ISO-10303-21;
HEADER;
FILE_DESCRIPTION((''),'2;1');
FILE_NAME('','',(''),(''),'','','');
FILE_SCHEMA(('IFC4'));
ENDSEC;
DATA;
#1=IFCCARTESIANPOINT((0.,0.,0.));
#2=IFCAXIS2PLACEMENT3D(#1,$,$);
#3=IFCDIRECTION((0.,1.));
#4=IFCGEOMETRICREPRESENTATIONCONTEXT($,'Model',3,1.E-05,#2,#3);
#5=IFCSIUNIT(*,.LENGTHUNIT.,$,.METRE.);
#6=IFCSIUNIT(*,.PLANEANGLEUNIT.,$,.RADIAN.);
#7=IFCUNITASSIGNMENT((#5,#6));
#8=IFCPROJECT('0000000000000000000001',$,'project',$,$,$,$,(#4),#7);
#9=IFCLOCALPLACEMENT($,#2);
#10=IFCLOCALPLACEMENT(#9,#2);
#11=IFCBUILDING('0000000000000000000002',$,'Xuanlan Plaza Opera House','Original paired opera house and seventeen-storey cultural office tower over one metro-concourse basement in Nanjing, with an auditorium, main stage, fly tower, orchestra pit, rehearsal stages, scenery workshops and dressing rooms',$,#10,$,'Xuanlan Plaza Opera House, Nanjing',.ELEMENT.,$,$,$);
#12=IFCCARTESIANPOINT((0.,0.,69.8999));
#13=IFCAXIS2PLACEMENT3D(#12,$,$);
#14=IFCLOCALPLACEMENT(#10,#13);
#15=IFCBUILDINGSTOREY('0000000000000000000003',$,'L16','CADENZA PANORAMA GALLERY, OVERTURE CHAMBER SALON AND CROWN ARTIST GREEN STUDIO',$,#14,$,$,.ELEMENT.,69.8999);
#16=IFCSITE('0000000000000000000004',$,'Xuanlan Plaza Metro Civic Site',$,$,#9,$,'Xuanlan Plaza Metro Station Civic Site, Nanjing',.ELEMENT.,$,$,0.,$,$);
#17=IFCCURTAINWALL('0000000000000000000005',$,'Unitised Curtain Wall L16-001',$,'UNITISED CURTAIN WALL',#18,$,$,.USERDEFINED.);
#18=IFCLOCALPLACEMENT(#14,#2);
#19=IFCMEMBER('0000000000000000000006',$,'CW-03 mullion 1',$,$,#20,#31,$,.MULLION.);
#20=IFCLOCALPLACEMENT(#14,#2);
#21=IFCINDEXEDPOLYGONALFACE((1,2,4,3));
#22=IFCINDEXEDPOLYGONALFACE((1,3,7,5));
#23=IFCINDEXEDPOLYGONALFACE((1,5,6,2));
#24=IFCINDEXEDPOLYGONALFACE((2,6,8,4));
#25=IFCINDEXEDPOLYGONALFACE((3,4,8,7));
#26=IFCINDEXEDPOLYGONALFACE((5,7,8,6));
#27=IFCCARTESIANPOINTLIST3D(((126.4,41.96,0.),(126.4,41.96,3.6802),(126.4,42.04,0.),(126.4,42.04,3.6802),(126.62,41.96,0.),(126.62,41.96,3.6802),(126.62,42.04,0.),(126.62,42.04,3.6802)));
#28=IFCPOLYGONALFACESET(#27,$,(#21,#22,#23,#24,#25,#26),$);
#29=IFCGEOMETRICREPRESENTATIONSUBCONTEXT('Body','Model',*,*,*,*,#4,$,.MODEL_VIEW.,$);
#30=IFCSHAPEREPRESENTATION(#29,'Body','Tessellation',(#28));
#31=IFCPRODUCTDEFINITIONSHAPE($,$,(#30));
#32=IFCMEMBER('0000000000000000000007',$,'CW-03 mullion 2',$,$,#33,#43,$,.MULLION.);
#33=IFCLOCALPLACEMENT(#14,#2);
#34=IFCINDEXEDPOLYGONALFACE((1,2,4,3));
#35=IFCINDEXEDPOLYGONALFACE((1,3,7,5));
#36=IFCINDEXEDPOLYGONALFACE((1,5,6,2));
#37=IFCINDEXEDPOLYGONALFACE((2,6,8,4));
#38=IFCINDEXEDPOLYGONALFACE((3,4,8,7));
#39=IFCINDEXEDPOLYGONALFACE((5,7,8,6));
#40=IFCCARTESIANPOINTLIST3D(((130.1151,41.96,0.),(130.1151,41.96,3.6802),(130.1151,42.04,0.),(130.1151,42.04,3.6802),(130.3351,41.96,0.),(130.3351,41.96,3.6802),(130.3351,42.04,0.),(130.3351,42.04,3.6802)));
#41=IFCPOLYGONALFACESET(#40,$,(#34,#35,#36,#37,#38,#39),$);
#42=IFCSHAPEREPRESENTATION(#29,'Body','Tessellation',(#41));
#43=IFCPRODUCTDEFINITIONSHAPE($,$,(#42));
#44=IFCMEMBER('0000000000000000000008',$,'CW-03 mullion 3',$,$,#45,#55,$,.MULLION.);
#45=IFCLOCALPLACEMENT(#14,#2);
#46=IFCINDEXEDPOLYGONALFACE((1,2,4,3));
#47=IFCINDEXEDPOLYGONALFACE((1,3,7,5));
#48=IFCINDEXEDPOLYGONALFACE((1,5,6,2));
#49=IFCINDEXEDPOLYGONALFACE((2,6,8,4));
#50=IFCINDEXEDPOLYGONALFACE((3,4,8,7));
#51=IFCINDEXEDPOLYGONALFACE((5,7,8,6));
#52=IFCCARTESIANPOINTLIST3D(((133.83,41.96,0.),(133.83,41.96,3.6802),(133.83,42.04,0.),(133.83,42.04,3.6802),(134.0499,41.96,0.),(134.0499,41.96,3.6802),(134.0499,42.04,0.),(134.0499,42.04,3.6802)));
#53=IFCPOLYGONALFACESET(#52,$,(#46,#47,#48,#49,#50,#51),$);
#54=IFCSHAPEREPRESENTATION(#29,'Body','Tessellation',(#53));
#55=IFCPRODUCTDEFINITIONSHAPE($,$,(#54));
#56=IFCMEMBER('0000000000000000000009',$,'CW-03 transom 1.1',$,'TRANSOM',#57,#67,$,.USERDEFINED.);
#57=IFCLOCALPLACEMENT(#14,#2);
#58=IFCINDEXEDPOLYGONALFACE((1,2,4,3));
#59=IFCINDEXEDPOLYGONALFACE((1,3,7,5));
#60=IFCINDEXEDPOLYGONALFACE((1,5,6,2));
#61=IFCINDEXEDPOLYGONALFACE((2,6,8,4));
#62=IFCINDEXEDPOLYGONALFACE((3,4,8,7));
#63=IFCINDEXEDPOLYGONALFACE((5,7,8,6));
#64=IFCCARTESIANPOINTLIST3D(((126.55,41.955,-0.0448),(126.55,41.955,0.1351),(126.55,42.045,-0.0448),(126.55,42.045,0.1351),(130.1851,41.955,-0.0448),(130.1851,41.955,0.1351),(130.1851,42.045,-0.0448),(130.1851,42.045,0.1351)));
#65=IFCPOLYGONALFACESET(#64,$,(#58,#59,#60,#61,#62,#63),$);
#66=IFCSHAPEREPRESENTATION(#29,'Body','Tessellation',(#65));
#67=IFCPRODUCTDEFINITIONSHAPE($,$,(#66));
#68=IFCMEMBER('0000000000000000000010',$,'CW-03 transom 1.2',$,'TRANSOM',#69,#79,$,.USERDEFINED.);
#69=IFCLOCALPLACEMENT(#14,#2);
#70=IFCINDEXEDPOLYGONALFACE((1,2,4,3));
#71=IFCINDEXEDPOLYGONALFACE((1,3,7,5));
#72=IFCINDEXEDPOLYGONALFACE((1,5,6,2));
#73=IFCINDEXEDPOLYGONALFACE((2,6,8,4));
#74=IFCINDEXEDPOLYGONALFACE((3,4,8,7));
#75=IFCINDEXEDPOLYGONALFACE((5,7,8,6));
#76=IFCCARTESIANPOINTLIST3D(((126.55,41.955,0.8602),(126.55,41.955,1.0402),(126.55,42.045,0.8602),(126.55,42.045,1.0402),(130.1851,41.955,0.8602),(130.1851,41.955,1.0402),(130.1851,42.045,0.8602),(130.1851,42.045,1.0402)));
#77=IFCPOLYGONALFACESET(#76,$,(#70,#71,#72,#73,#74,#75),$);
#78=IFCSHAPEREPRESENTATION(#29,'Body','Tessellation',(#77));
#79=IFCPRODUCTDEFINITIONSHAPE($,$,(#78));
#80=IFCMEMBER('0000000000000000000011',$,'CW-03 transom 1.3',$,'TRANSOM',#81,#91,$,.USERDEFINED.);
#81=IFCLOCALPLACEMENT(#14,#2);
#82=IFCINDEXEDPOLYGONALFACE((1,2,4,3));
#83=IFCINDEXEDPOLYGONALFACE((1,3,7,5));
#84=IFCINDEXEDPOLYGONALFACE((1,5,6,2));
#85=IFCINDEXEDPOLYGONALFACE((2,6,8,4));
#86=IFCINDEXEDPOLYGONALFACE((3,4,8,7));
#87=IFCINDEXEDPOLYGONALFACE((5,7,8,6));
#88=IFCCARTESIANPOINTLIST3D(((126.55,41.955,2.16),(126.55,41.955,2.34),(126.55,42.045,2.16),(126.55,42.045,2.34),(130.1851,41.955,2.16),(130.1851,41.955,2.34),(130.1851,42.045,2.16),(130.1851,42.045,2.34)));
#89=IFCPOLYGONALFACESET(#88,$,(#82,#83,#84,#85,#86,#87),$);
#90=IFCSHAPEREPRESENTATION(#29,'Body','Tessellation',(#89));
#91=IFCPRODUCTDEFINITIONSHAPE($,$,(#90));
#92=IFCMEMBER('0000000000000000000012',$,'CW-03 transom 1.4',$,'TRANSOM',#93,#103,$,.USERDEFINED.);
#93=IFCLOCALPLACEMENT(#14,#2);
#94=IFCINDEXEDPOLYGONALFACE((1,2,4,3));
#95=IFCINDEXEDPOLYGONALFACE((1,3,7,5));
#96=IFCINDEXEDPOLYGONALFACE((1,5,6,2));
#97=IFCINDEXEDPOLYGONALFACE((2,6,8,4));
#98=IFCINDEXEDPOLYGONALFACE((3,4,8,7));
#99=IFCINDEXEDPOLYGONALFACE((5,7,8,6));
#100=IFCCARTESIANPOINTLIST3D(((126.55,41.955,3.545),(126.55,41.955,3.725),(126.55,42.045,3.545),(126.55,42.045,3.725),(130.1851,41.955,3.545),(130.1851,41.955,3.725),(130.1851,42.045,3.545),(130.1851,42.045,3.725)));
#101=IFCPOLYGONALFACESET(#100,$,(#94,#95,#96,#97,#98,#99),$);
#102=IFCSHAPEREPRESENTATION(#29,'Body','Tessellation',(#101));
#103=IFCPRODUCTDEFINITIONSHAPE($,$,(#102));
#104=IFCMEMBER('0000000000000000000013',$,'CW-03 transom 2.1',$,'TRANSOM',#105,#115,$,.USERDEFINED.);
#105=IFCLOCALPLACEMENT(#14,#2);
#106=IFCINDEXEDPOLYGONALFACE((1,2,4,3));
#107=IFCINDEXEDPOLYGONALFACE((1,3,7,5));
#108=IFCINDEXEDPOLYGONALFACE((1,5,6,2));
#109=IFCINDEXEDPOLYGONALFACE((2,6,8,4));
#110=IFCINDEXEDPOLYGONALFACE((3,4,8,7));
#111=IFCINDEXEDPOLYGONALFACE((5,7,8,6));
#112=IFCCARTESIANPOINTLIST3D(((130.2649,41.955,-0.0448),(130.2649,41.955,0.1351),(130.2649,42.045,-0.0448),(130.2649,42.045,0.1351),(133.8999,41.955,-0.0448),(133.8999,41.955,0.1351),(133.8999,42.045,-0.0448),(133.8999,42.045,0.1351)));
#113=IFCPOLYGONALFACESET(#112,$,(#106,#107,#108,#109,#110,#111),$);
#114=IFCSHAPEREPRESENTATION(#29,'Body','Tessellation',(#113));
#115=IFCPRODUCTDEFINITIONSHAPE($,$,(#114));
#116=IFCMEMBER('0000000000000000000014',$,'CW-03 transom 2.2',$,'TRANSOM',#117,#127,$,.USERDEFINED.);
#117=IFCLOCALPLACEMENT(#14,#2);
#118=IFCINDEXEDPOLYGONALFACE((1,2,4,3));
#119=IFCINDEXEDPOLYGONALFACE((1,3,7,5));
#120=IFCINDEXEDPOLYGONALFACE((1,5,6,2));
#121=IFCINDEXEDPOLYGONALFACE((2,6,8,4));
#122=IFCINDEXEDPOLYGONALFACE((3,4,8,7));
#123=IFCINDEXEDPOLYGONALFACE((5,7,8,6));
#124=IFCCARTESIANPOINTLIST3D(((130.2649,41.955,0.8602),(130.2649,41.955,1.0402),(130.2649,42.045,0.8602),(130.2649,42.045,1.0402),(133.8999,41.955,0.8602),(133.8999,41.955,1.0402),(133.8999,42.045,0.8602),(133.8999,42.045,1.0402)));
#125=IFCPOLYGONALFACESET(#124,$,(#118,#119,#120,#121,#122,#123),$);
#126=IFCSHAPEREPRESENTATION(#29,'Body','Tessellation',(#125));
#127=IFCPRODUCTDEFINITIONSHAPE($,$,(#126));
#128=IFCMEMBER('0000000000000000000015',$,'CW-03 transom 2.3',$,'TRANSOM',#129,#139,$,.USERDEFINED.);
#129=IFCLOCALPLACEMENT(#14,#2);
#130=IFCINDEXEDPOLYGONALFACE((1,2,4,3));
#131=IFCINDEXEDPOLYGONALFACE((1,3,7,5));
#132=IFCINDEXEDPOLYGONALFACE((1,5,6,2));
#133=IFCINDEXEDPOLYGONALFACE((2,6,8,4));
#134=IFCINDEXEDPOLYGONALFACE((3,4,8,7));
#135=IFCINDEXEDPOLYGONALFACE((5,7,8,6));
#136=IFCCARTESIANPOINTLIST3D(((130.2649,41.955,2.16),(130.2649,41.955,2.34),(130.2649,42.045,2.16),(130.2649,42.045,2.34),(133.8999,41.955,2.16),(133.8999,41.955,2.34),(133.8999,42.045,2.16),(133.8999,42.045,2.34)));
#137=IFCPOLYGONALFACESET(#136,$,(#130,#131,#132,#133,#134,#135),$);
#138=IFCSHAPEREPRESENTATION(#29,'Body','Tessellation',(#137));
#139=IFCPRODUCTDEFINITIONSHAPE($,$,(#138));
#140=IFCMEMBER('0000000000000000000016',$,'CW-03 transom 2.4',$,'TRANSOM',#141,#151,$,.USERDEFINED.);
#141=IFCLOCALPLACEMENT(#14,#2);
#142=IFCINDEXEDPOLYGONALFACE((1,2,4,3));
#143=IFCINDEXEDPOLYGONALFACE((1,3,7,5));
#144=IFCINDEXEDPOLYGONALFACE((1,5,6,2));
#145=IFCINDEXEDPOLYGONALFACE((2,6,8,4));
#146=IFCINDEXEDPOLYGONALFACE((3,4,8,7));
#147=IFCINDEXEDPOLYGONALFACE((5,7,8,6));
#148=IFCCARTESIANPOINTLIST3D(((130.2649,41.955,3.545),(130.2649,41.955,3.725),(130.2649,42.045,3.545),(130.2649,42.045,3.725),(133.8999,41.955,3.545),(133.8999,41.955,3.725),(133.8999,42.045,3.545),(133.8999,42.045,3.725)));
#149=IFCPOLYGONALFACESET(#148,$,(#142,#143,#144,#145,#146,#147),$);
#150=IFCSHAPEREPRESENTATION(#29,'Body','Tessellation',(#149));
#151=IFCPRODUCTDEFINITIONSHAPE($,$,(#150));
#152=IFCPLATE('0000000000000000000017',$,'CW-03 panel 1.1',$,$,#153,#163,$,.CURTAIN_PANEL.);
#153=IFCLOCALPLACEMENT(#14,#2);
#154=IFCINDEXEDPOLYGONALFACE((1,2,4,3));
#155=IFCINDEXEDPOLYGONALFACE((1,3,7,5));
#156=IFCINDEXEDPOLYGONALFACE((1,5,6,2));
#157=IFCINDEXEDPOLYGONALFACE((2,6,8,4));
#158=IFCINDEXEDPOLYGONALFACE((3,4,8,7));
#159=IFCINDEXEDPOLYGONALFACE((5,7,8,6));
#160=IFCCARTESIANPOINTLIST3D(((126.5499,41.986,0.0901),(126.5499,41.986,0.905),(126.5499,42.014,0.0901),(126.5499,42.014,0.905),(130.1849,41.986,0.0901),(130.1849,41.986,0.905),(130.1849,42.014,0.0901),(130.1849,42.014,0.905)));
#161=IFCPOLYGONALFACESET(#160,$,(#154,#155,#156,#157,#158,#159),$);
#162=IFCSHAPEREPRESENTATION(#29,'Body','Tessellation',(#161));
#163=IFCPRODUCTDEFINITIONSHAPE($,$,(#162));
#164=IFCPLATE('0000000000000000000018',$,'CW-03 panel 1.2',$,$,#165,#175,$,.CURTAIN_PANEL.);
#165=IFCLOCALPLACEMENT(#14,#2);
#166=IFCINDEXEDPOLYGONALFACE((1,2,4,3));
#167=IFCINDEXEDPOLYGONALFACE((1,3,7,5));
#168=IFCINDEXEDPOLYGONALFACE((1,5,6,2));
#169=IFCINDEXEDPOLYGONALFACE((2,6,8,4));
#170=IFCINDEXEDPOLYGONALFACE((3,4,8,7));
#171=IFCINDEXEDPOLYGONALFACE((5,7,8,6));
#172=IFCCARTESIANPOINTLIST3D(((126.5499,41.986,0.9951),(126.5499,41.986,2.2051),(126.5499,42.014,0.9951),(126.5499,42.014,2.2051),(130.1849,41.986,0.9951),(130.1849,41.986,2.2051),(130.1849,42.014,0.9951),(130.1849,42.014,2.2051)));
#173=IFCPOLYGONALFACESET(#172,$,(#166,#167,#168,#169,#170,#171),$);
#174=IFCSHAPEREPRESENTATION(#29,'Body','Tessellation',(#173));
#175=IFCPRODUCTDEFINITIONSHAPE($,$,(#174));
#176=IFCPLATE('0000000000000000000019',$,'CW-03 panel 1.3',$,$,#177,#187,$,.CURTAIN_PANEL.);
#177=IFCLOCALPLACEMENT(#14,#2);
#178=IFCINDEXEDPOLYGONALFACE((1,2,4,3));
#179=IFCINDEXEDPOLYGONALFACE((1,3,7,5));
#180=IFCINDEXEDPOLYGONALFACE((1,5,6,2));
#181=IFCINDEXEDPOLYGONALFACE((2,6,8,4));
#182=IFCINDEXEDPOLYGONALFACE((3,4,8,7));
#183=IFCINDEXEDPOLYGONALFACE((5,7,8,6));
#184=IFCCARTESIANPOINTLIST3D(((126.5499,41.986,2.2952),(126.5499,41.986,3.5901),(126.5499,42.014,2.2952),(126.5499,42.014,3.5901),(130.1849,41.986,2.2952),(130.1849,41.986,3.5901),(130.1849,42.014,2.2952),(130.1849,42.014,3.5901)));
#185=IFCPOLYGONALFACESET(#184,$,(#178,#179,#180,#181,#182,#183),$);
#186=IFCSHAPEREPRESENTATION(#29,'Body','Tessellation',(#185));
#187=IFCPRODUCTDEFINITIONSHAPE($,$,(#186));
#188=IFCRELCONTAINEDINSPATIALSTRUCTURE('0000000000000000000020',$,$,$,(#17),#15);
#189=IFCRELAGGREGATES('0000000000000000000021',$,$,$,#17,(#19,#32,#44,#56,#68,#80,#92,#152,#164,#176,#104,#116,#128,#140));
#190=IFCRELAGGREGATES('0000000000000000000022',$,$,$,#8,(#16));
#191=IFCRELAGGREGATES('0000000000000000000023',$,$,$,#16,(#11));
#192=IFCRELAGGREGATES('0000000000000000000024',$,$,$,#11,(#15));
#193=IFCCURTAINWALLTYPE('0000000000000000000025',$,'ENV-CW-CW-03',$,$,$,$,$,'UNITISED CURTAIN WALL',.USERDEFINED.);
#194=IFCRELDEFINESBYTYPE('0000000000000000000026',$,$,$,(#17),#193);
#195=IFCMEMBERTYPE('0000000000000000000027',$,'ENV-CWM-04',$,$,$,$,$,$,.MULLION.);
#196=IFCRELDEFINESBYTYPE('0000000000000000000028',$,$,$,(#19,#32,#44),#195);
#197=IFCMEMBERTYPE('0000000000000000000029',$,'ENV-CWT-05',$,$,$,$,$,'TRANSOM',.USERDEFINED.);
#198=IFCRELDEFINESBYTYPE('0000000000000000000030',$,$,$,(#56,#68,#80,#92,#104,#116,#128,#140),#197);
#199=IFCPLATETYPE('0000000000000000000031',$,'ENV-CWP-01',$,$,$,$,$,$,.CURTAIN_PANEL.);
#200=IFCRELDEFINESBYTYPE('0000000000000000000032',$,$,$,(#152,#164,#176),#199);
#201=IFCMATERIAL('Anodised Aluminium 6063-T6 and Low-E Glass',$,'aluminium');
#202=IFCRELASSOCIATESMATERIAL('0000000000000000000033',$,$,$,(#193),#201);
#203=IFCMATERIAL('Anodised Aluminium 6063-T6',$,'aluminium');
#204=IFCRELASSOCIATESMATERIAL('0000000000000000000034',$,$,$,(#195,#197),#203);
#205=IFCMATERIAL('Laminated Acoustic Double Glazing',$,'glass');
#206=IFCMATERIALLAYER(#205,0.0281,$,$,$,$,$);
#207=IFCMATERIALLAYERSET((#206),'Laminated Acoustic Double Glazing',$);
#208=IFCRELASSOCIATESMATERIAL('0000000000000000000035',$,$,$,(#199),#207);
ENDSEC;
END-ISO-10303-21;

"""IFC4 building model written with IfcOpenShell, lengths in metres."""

from ifc_helpers import new_model, si_unit, direction, frame, origin, origin_2d, place, context, subcontext, project, spatial, rectangle, extrude, material, layer, layer_set, material_profile, profile_set, type_object, element, aggregate, save


model = new_model("IFC4")

# Units and contexts
model_context = context("Model", 3, precision=1e-05, world=origin(), true_north=direction((0.0, 1.0)))
body_context = subcontext(model_context, "Body", "Model", "MODEL_VIEW")
ifc_project = project(units=[si_unit("LENGTHUNIT", "METRE"), si_unit("PLANEANGLEUNIT", "RADIAN")], contexts=[model_context])

# Site, building, storey
site_placement = place(None, origin())
site = spatial("IfcSite", under=ifc_project, at=site_placement, Name="Xuanlan Plaza Metro Civic Site", LongName="Xuanlan Plaza Metro Station Civic Site, Nanjing", CompositionType="ELEMENT", RefElevation=0.0)
building_placement = place(site_placement, origin())
building = spatial("IfcBuilding", under=site, at=building_placement, Name="Xuanlan Plaza Opera House", Description="Original paired opera house and seventeen-storey cultural office tower over one metro-concourse basement in Nanjing, with an auditorium, main stage, fly tower, orchestra pit, rehearsal stages, scenery workshops and dressing rooms", LongName="Xuanlan Plaza Opera House, Nanjing", CompositionType="ELEMENT")
storey_placement = place(building_placement, frame((0.0, 0.0, 69.8999)))
storey = spatial("IfcBuildingStorey", under=building, at=storey_placement, Name="L16", Description="CADENZA PANORAMA GALLERY, OVERTURE CHAMBER SALON AND CROWN ARTIST GREEN STUDIO", CompositionType="ELEMENT", Elevation=69.8999)

# Curtain wall, members, plates
ifc_material_1 = material(Name="Anodised Aluminium 6063-T6 and Low-E Glass", Category="aluminium")
curtain_wall_type_1 = type_object("IfcCurtainWallType", Name="ENV-CW-CW-03", ElementType="UNITISED CURTAIN WALL", PredefinedType="USERDEFINED", material=ifc_material_1)
curtain_wall_1_placement = place(storey_placement, origin())
curtain_wall_1 = element("IfcCurtainWall", 1, at=curtain_wall_1_placement, inside=storey, type_object=curtain_wall_type_1, Name="Unitised Curtain Wall L16-001", ObjectType="UNITISED CURTAIN WALL", PredefinedType="USERDEFINED")
ifc_material_2 = material(Name="Anodised Aluminium 6063-T6", Category="aluminium")
ifc_material_profile_1 = material_profile(ifc_material_2, rectangle(XDim=0.0801, YDim=0.22, at=origin_2d()), Name="ALU-M 80x220")
ifc_profile_set_1 = profile_set([ifc_material_profile_1], Name="Anodised Aluminium 6063-T6")
member_type_1 = type_object("IfcMemberType", Name="ENV-CWM-04", PredefinedType="MULLION", material=ifc_profile_set_1)
member_1_placement = place(storey_placement, frame((126.51, 42.0, 0.0), z_axis=(0.0, 0.0, 1.0), x_axis=(0.0, 1.0, 0.0)))
member_1 = element("IfcMember", 2, at=member_1_placement, type_object=member_type_1, Name="CW-03 mullion 1", PredefinedType="MULLION", context=body_context, shape_type="SweptSolid", body=[
    extrude(rectangle(XDim=0.0801, YDim=0.22, at=origin_2d()), origin(), (0.0, 0.0, 1.0), 3.6802),
])
member_2_placement = place(storey_placement, frame((130.2251, 42.0, 0.0), z_axis=(0.0, 0.0, 1.0), x_axis=(0.0, 1.0, 0.0)))
member_2 = element("IfcMember", 3, at=member_2_placement, type_object=member_type_1, Name="CW-03 mullion 2", PredefinedType="MULLION", context=body_context, shape_type="SweptSolid", body=[
    extrude(rectangle(XDim=0.0801, YDim=0.22, at=origin_2d()), origin(), (0.0, 0.0, 1.0), 3.6802),
])
member_3_placement = place(storey_placement, frame((133.9399, 42.0, 0.0), z_axis=(0.0, 0.0, 1.0), x_axis=(0.0, 1.0, 0.0)))
member_3 = element("IfcMember", 4, at=member_3_placement, type_object=member_type_1, Name="CW-03 mullion 3", PredefinedType="MULLION", context=body_context, shape_type="SweptSolid", body=[
    extrude(rectangle(XDim=0.0801, YDim=0.22, at=origin_2d()), origin(), (0.0, 0.0, 1.0), 3.6802),
])
ifc_material_profile_2 = material_profile(ifc_material_2, rectangle(XDim=0.0901, YDim=0.1799, at=origin_2d()), Name="ALU-T 90x180")
ifc_profile_set_2 = profile_set([ifc_material_profile_2], Name="Anodised Aluminium 6063-T6")
member_type_2 = type_object("IfcMemberType", Name="ENV-CWT-05", ElementType="TRANSOM", PredefinedType="USERDEFINED", material=ifc_profile_set_2)
member_4_placement = place(storey_placement, frame((126.55, 42.0, 0.0452), z_axis=(1.0, 0.0, 0.0), x_axis=(0.0, 1.0, 0.0)))
member_4 = element("IfcMember", 5, at=member_4_placement, type_object=member_type_2, Name="CW-03 transom 1.1", ObjectType="TRANSOM", PredefinedType="USERDEFINED", context=body_context, shape_type="SweptSolid", body=[
    extrude(rectangle(XDim=0.0901, YDim=0.1799, at=origin_2d()), origin(), (0.0, 0.0, 1.0), 3.635),
])
member_5_placement = place(storey_placement, frame((126.55, 42.0, 0.9502), z_axis=(1.0, 0.0, 0.0), x_axis=(0.0, 1.0, 0.0)))
member_5 = element("IfcMember", 6, at=member_5_placement, type_object=member_type_2, Name="CW-03 transom 1.2", ObjectType="TRANSOM", PredefinedType="USERDEFINED", context=body_context, shape_type="SweptSolid", body=[
    extrude(rectangle(XDim=0.0901, YDim=0.1799, at=origin_2d()), origin(), (0.0, 0.0, 1.0), 3.635),
])
member_6_placement = place(storey_placement, frame((126.55, 42.0, 2.25), z_axis=(1.0, 0.0, 0.0), x_axis=(0.0, 1.0, 0.0)))
member_6 = element("IfcMember", 7, at=member_6_placement, type_object=member_type_2, Name="CW-03 transom 1.3", ObjectType="TRANSOM", PredefinedType="USERDEFINED", context=body_context, shape_type="SweptSolid", body=[
    extrude(rectangle(XDim=0.0901, YDim=0.1799, at=origin_2d()), origin(), (0.0, 0.0, 1.0), 3.635),
])
member_7_placement = place(storey_placement, frame((126.55, 42.0, 3.635), z_axis=(1.0, 0.0, 0.0), x_axis=(0.0, 1.0, 0.0)))
member_7 = element("IfcMember", 8, at=member_7_placement, type_object=member_type_2, Name="CW-03 transom 1.4", ObjectType="TRANSOM", PredefinedType="USERDEFINED", context=body_context, shape_type="SweptSolid", body=[
    extrude(rectangle(XDim=0.0901, YDim=0.1799, at=origin_2d()), origin(), (0.0, 0.0, 1.0), 3.635),
])
member_8_placement = place(storey_placement, frame((130.2649, 42.0, 0.0452), z_axis=(1.0, 0.0, 0.0), x_axis=(0.0, 1.0, 0.0)))
member_8 = element("IfcMember", 9, at=member_8_placement, type_object=member_type_2, Name="CW-03 transom 2.1", ObjectType="TRANSOM", PredefinedType="USERDEFINED", context=body_context, shape_type="SweptSolid", body=[
    extrude(rectangle(XDim=0.0901, YDim=0.1799, at=origin_2d()), origin(), (0.0, 0.0, 1.0), 3.635),
])
member_9_placement = place(storey_placement, frame((130.2649, 42.0, 0.9502), z_axis=(1.0, 0.0, 0.0), x_axis=(0.0, 1.0, 0.0)))
member_9 = element("IfcMember", 10, at=member_9_placement, type_object=member_type_2, Name="CW-03 transom 2.2", ObjectType="TRANSOM", PredefinedType="USERDEFINED", context=body_context, shape_type="SweptSolid", body=[
    extrude(rectangle(XDim=0.0901, YDim=0.1799, at=origin_2d()), origin(), (0.0, 0.0, 1.0), 3.635),
])
member_10_placement = place(storey_placement, frame((130.2649, 42.0, 2.25), z_axis=(1.0, 0.0, 0.0), x_axis=(0.0, 1.0, 0.0)))
member_10 = element("IfcMember", 11, at=member_10_placement, type_object=member_type_2, Name="CW-03 transom 2.3", ObjectType="TRANSOM", PredefinedType="USERDEFINED", context=body_context, shape_type="SweptSolid", body=[
    extrude(rectangle(XDim=0.0901, YDim=0.1799, at=origin_2d()), origin(), (0.0, 0.0, 1.0), 3.635),
])
member_11_placement = place(storey_placement, frame((130.2649, 42.0, 3.635), z_axis=(1.0, 0.0, 0.0), x_axis=(0.0, 1.0, 0.0)))
member_11 = element("IfcMember", 12, at=member_11_placement, type_object=member_type_2, Name="CW-03 transom 2.4", ObjectType="TRANSOM", PredefinedType="USERDEFINED", context=body_context, shape_type="SweptSolid", body=[
    extrude(rectangle(XDim=0.0901, YDim=0.1799, at=origin_2d()), origin(), (0.0, 0.0, 1.0), 3.635),
])
ifc_material_3 = material(Name="Laminated Acoustic Double Glazing", Category="glass")
ifc_layer_1 = layer(ifc_material_3, 0.0281)
ifc_layer_set_1 = layer_set([ifc_layer_1], Name="Laminated Acoustic Double Glazing")
plate_type_1 = type_object("IfcPlateType", Name="ENV-CWP-01", PredefinedType="CURTAIN_PANEL", material=ifc_layer_set_1)
plate_1_placement = place(storey_placement, frame((128.3674, 42.0, 0.0901), z_axis=(0.0, 0.0, 1.0), x_axis=(1.0, 0.0, 0.0)))
plate_1 = element("IfcPlate", 13, at=plate_1_placement, type_object=plate_type_1, Name="CW-03 panel 1.1", PredefinedType="CURTAIN_PANEL", context=body_context, shape_type="SweptSolid", body=[
    extrude(rectangle(XDim=3.635, YDim=0.0281, at=origin_2d()), origin(), (0.0, 0.0, 1.0), 0.8149),
])
plate_2_placement = place(storey_placement, frame((128.3674, 42.0, 0.9951), z_axis=(0.0, 0.0, 1.0), x_axis=(1.0, 0.0, 0.0)))
plate_2 = element("IfcPlate", 14, at=plate_2_placement, type_object=plate_type_1, Name="CW-03 panel 1.2", PredefinedType="CURTAIN_PANEL", context=body_context, shape_type="SweptSolid", body=[
    extrude(rectangle(XDim=3.635, YDim=0.0281, at=origin_2d()), origin(), (0.0, 0.0, 1.0), 1.21),
])
plate_3_placement = place(storey_placement, frame((128.3674, 42.0, 2.2952), z_axis=(0.0, 0.0, 1.0), x_axis=(1.0, 0.0, 0.0)))
plate_3 = element("IfcPlate", 15, at=plate_3_placement, type_object=plate_type_1, Name="CW-03 panel 1.3", PredefinedType="CURTAIN_PANEL", context=body_context, shape_type="SweptSolid", body=[
    extrude(rectangle(XDim=3.635, YDim=0.0281, at=origin_2d()), origin(), (0.0, 0.0, 1.0), 1.2949),
])
aggregate(curtain_wall_1, [member_1, member_2, member_3, member_4, member_5, member_6, member_7, plate_1, plate_2, plate_3, member_8, member_9, member_10, member_11])

save(model, "model.ifc")
